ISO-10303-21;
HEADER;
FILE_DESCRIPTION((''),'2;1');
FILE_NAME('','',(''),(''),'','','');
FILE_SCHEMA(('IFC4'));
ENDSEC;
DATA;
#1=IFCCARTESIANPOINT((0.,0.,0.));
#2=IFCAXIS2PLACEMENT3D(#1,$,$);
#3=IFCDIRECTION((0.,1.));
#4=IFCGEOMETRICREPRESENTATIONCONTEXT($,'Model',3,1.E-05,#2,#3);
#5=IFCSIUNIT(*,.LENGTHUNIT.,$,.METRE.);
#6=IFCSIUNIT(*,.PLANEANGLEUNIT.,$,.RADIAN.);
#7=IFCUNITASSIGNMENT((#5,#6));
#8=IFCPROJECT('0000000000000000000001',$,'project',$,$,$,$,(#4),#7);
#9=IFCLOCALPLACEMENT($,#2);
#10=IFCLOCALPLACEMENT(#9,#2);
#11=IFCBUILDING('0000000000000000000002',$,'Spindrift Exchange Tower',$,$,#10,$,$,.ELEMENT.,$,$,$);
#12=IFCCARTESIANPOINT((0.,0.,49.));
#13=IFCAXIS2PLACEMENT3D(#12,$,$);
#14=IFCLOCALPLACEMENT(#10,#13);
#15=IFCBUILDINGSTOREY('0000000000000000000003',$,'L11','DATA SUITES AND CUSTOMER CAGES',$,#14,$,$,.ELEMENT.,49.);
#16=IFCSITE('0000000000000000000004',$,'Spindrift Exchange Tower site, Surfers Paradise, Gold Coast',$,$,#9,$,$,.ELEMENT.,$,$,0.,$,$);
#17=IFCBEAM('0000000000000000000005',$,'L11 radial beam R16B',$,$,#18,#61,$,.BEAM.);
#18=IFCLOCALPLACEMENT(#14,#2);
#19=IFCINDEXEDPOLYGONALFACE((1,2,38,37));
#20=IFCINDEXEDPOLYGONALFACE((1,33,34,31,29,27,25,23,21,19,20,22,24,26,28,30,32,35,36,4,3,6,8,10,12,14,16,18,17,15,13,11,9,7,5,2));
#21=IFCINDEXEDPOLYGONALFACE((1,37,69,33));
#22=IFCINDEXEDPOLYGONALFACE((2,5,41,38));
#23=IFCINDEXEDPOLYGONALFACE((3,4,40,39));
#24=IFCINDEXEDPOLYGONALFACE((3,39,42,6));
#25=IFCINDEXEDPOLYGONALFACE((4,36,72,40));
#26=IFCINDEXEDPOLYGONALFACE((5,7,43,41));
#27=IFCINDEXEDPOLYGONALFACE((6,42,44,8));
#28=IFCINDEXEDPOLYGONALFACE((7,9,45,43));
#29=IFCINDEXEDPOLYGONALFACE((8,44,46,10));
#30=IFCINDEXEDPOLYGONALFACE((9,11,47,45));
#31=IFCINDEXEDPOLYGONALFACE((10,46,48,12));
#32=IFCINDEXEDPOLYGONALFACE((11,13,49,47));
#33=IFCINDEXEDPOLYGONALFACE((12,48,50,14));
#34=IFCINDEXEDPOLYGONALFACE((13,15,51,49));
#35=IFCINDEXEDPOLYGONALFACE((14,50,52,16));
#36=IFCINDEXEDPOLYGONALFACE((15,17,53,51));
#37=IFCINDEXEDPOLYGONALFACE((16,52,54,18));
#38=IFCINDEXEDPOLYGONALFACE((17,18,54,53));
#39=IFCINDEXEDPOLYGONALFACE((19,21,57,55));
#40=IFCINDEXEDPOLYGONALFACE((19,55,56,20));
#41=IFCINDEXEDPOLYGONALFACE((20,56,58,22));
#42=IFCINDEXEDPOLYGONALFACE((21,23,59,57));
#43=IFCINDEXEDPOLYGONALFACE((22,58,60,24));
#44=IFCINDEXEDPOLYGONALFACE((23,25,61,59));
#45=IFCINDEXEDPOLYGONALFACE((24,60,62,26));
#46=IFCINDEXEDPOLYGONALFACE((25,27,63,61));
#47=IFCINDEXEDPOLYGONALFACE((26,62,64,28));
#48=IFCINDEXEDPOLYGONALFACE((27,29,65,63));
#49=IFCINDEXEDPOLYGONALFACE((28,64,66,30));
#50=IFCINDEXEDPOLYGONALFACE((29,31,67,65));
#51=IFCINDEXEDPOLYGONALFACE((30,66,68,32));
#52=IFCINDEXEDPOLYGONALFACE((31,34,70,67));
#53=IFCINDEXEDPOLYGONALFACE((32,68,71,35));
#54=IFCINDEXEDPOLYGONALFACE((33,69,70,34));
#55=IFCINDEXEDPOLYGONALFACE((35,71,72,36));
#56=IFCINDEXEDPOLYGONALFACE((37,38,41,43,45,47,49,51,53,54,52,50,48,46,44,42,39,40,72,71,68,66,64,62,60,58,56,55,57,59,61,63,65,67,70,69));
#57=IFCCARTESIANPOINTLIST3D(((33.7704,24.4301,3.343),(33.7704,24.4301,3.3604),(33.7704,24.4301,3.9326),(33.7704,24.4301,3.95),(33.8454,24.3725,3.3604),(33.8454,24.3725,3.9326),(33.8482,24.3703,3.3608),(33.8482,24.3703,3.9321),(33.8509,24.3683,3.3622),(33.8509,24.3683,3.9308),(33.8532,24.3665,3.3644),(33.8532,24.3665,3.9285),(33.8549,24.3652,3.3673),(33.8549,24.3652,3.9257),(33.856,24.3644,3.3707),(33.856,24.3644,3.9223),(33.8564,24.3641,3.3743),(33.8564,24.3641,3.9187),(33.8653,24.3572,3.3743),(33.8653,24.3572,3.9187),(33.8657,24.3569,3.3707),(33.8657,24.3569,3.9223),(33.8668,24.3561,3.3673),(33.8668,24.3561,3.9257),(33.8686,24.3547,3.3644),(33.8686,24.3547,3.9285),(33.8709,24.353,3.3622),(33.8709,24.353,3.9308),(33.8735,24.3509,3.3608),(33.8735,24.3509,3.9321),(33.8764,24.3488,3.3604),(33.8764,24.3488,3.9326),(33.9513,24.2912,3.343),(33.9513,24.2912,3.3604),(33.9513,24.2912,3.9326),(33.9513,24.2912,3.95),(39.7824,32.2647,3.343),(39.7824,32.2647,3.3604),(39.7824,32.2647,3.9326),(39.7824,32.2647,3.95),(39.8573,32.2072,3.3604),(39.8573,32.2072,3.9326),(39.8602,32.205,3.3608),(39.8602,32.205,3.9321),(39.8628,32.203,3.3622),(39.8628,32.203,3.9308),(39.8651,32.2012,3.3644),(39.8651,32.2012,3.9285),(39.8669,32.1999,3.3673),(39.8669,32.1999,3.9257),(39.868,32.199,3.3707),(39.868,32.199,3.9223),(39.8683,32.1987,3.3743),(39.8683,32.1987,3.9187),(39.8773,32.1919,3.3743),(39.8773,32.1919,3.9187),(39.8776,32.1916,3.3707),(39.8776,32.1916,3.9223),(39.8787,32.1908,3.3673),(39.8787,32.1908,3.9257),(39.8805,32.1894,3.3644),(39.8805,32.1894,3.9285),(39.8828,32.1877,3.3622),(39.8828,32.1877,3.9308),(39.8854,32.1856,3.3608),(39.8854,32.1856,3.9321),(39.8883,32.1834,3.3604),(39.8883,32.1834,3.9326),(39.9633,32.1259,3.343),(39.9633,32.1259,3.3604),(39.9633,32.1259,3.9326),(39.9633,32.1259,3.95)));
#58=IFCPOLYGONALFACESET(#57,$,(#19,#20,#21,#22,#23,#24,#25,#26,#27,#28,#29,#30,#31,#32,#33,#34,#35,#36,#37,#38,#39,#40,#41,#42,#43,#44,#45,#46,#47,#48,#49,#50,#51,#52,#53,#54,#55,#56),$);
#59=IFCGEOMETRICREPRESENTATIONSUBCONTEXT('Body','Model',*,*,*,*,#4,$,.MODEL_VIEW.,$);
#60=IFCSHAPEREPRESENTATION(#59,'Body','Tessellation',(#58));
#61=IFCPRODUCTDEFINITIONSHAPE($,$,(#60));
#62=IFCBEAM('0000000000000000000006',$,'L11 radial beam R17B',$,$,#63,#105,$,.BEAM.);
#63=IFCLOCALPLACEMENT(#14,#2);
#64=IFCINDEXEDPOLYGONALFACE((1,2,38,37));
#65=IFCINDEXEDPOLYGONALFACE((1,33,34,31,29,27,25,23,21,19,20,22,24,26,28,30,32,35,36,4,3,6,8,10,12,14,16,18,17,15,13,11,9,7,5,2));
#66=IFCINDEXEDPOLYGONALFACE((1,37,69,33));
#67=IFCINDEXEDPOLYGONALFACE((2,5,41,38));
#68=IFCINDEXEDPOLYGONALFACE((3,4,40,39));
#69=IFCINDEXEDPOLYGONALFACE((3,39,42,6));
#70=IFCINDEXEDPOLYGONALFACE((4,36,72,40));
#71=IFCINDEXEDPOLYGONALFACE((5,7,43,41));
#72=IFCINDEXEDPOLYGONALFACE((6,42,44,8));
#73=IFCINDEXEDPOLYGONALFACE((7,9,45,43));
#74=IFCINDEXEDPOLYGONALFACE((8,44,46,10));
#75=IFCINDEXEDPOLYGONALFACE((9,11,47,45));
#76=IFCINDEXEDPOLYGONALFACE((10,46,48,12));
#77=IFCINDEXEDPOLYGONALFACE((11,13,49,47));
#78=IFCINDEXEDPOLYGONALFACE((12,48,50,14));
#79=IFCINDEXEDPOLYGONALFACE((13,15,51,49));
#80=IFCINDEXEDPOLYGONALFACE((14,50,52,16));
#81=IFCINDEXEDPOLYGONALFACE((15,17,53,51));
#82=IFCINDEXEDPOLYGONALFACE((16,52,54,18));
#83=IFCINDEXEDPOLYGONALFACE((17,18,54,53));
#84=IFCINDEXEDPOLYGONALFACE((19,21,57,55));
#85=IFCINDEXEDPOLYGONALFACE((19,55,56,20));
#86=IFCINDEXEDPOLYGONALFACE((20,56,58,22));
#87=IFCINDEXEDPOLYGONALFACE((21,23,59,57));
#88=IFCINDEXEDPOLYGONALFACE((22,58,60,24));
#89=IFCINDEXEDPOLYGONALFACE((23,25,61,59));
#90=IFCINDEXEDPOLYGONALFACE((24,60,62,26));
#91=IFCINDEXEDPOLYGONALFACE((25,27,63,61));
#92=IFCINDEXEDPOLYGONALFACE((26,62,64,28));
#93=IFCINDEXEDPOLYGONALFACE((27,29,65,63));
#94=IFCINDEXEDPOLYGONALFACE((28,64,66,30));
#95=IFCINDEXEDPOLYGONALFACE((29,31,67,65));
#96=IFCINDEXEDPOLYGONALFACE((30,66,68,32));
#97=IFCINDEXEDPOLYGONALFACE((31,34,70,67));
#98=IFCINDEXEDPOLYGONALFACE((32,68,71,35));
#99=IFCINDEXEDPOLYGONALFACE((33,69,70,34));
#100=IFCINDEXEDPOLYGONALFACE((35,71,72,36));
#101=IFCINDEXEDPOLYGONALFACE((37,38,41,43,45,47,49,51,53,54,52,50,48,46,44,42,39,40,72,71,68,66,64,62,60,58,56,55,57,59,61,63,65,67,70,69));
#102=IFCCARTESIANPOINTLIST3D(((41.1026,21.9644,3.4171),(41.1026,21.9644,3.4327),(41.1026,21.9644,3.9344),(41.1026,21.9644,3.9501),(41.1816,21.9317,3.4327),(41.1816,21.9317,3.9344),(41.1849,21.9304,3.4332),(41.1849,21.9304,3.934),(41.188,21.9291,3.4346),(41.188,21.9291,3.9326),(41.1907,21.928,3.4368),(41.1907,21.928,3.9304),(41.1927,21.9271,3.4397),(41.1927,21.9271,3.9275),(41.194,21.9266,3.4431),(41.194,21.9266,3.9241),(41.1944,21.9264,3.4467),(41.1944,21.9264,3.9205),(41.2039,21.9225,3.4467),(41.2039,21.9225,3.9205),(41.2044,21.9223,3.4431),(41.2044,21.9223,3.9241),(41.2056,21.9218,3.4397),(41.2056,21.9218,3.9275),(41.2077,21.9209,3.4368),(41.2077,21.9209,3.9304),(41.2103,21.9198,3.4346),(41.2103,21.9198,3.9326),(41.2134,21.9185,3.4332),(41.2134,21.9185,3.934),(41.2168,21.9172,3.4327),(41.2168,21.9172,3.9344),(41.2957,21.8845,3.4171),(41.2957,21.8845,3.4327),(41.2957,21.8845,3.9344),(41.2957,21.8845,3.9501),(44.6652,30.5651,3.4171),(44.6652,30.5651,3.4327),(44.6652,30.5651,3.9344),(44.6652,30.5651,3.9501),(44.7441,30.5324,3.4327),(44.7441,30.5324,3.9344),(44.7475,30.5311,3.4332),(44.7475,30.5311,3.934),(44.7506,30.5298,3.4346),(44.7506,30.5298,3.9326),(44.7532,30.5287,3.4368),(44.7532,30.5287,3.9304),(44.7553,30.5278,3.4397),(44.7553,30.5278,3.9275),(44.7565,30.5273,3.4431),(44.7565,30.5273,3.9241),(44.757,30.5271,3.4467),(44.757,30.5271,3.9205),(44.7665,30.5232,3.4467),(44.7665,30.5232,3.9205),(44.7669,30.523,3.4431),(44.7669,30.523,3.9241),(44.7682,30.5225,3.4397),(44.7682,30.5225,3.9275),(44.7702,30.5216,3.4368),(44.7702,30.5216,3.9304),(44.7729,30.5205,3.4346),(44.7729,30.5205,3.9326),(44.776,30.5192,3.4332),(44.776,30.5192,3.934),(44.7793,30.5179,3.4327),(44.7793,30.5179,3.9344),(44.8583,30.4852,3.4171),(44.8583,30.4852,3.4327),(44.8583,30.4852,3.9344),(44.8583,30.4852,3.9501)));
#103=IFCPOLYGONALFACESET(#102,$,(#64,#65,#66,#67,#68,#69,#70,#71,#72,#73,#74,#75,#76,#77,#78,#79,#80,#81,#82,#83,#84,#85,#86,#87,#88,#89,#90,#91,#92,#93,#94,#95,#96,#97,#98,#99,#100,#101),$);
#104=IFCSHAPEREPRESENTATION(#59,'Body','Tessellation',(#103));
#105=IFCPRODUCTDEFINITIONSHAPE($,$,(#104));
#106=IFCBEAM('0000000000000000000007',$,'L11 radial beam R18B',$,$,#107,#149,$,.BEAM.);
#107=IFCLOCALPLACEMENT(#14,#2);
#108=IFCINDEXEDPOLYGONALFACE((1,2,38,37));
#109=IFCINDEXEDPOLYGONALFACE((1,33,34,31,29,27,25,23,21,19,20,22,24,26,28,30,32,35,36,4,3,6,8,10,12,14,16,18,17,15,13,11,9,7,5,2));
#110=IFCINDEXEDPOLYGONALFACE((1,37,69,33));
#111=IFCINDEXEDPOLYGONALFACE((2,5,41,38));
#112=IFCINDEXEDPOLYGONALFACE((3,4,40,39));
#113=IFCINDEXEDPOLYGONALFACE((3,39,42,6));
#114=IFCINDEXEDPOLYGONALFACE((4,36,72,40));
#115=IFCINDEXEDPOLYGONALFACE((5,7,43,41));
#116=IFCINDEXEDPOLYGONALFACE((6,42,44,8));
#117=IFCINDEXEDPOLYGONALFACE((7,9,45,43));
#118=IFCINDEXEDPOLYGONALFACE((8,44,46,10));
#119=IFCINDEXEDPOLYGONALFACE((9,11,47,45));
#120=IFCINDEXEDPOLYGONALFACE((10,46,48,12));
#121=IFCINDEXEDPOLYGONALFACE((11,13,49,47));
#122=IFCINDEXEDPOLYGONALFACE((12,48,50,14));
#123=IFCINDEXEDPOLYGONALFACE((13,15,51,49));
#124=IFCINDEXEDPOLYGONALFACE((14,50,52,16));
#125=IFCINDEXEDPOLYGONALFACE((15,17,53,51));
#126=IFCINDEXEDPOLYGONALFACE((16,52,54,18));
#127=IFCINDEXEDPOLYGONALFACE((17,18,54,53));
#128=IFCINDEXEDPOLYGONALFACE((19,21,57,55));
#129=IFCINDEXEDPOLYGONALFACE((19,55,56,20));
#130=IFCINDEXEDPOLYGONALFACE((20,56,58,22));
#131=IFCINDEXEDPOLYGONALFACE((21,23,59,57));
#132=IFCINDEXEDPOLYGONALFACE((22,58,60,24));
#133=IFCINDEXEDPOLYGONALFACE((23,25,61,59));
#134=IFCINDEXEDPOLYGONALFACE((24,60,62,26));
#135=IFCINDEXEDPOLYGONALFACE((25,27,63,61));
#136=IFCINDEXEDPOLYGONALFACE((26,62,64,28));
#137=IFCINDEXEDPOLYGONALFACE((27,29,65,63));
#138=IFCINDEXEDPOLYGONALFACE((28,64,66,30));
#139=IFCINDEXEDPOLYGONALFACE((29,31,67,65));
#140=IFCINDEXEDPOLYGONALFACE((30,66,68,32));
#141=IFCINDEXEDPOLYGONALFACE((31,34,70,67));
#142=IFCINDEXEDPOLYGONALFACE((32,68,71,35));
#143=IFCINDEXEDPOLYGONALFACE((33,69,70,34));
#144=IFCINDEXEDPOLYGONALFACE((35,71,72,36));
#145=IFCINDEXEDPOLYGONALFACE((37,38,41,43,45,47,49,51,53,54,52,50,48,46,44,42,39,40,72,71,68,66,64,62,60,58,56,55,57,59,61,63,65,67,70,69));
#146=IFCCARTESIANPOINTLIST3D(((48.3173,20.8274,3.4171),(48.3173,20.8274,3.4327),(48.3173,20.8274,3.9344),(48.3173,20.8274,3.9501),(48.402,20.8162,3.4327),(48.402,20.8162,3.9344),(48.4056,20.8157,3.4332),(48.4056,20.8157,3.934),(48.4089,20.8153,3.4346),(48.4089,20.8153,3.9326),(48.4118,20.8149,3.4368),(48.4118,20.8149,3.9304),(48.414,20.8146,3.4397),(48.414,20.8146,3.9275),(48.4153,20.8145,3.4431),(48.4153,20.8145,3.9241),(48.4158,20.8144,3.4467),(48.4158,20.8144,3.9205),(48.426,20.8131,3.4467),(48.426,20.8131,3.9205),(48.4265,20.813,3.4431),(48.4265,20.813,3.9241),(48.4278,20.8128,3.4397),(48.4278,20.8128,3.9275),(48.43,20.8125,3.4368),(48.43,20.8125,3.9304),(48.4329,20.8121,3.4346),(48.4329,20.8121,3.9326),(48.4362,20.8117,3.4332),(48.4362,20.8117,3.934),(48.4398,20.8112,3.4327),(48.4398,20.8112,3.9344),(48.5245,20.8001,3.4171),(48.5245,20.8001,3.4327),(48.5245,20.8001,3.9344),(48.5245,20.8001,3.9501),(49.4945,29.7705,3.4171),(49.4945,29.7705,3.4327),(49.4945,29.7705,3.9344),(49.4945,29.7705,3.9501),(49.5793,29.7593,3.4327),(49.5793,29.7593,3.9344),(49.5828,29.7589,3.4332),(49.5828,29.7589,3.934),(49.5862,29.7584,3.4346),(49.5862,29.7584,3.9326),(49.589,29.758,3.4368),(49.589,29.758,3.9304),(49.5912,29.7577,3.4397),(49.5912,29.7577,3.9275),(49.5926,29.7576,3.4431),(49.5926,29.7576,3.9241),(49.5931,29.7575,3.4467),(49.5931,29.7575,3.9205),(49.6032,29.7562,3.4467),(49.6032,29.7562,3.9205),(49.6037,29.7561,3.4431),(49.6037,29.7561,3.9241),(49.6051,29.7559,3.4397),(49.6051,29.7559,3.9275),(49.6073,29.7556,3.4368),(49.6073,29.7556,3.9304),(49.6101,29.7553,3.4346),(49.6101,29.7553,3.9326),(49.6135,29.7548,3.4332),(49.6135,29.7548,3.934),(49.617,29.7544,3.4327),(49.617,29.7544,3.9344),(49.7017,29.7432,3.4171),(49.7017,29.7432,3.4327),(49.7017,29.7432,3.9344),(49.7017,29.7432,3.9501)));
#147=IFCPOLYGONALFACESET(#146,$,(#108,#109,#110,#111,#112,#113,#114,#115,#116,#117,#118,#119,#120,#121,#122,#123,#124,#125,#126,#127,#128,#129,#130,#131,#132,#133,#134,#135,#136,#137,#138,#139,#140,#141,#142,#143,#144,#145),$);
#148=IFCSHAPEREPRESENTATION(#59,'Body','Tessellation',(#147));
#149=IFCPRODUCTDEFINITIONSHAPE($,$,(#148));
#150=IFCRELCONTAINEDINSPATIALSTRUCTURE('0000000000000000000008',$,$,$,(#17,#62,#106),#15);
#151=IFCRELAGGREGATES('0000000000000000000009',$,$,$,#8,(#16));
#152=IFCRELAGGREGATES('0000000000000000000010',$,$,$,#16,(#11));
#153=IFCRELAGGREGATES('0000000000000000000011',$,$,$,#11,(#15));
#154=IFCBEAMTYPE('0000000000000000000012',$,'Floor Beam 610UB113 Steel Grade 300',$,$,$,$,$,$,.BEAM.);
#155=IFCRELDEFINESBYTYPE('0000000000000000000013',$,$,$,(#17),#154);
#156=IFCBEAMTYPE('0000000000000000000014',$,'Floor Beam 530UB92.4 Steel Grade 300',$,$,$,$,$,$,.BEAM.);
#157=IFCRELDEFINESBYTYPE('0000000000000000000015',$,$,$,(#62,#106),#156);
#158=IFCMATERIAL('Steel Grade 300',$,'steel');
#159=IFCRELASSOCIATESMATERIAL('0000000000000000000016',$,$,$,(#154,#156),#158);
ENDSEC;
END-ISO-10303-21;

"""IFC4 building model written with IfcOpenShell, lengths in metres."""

from ifc_helpers import new_model, si_unit, direction, frame, origin, origin_2d, place, context, subcontext, project, spatial, i_section, extrude, source, transform, mapped, material, material_profile, profile_set, type_object, element, save


model = new_model("IFC4")

# Units and contexts
model_context = context("Model", 3, precision=1e-05, world=origin(), true_north=direction((0.0, 1.0)))
body_context = subcontext(model_context, "Body", "Model", "MODEL_VIEW")
ifc_project = project(units=[si_unit("LENGTHUNIT", "METRE"), si_unit("PLANEANGLEUNIT", "RADIAN")], contexts=[model_context])

# Site, building, storey
site_placement = place(None, origin())
site = spatial("IfcSite", under=ifc_project, at=site_placement, Name="Spindrift Exchange Tower site, Surfers Paradise, Gold Coast", CompositionType="ELEMENT", RefElevation=0.0)
building_placement = place(site_placement, origin())
building = spatial("IfcBuilding", under=site, at=building_placement, Name="Spindrift Exchange Tower", CompositionType="ELEMENT")
storey_placement = place(building_placement, frame((0.0, 0.0, 49.0)))
storey = spatial("IfcBuildingStorey", under=building, at=storey_placement, Name="L11", Description="DATA SUITES AND CUSTOMER CAGES", CompositionType="ELEMENT", Elevation=49.0)

# Beams
ifc_material_1 = material(Name="Steel Grade 300", Category="steel")
ifc_material_profile_1 = material_profile(ifc_material_1, i_section(OverallWidth=0.228, OverallDepth=0.6069, WebThickness=0.0112, FlangeThickness=0.0173, FilletRadius=0.0139, at=origin_2d()), Name="610UB113")
ifc_profile_set_1 = profile_set([ifc_material_profile_1], Name="Steel Grade 300")
beam_type_1 = type_object("IfcBeamType", Name="Floor Beam 610UB113 Steel Grade 300", PredefinedType="BEAM", material=ifc_profile_set_1)
shared_shape_1 = source(origin(), body_context, "Body", "SweptSolid", [
    extrude(i_section(OverallWidth=0.228, OverallDepth=0.6069, WebThickness=0.0112, FlangeThickness=0.0173, FilletRadius=0.0139, at=origin_2d()), origin(), (0.0, 0.0, 1.0), 9.8755),
])
beam_1_placement = place(storey_placement, frame((39.8728, 32.1953, 3.6465), z_axis=(-0.608772, -0.793345, 0.0), x_axis=(0.793345, -0.608772, 0.0)))
element("IfcBeam", 1, at=beam_1_placement, inside=storey, type_object=beam_type_1, Name="L11 radial beam R16B", PredefinedType="BEAM", context=body_context, shape_type="MappedRepresentation", body=[
    mapped(shared_shape_1, transform((0.0, 0.0, 0.0), scale=1.0)),
])
ifc_material_profile_2 = material_profile(ifc_material_1, i_section(OverallWidth=0.209, OverallDepth=0.533, WebThickness=0.0103, FlangeThickness=0.0156, FilletRadius=0.0139, at=origin_2d()), Name="530UB92.4")
ifc_profile_set_2 = profile_set([ifc_material_profile_2], Name="Steel Grade 300")
beam_type_2 = type_object("IfcBeamType", Name="Floor Beam 530UB92.4 Steel Grade 300", PredefinedType="BEAM", material=ifc_profile_set_2)
shared_shape_2 = source(origin(), body_context, "Body", "SweptSolid", [
    extrude(i_section(OverallWidth=0.209, OverallDepth=0.533, WebThickness=0.0103, FlangeThickness=0.0156, FilletRadius=0.0139, at=origin_2d()), origin(), (0.0, 0.0, 1.0), 9.3093),
])
beam_2_placement = place(storey_placement, frame((44.7617, 30.5251, 3.6836), z_axis=(-0.382685, -0.923879, 0.0), x_axis=(0.923879, -0.382685, 0.0)))
element("IfcBeam", 2, at=beam_2_placement, inside=storey, type_object=beam_type_2, Name="L11 radial beam R17B", PredefinedType="BEAM", context=body_context, shape_type="MappedRepresentation", body=[
    mapped(shared_shape_2, transform((0.0, 0.0, 0.0), scale=1.0)),
])
shared_shape_3 = source(origin(), body_context, "Body", "SweptSolid", [
    extrude(i_section(OverallWidth=0.209, OverallDepth=0.533, WebThickness=0.0103, FlangeThickness=0.0156, FilletRadius=0.0139, at=origin_2d()), origin(), (0.0, 0.0, 1.0), 9.0203),
])
beam_3_placement = place(storey_placement, frame((49.5981, 29.7568, 3.6836), z_axis=(-0.130511, -0.991447, 0.0), x_axis=(0.991447, -0.130511, 0.0)))
element("IfcBeam", 3, at=beam_3_placement, inside=storey, type_object=beam_type_2, Name="L11 radial beam R18B", PredefinedType="BEAM", context=body_context, shape_type="MappedRepresentation", body=[
    mapped(shared_shape_3, transform((0.0, 0.0, 0.0), scale=1.0)),
])

save(model, "model.ifc")
